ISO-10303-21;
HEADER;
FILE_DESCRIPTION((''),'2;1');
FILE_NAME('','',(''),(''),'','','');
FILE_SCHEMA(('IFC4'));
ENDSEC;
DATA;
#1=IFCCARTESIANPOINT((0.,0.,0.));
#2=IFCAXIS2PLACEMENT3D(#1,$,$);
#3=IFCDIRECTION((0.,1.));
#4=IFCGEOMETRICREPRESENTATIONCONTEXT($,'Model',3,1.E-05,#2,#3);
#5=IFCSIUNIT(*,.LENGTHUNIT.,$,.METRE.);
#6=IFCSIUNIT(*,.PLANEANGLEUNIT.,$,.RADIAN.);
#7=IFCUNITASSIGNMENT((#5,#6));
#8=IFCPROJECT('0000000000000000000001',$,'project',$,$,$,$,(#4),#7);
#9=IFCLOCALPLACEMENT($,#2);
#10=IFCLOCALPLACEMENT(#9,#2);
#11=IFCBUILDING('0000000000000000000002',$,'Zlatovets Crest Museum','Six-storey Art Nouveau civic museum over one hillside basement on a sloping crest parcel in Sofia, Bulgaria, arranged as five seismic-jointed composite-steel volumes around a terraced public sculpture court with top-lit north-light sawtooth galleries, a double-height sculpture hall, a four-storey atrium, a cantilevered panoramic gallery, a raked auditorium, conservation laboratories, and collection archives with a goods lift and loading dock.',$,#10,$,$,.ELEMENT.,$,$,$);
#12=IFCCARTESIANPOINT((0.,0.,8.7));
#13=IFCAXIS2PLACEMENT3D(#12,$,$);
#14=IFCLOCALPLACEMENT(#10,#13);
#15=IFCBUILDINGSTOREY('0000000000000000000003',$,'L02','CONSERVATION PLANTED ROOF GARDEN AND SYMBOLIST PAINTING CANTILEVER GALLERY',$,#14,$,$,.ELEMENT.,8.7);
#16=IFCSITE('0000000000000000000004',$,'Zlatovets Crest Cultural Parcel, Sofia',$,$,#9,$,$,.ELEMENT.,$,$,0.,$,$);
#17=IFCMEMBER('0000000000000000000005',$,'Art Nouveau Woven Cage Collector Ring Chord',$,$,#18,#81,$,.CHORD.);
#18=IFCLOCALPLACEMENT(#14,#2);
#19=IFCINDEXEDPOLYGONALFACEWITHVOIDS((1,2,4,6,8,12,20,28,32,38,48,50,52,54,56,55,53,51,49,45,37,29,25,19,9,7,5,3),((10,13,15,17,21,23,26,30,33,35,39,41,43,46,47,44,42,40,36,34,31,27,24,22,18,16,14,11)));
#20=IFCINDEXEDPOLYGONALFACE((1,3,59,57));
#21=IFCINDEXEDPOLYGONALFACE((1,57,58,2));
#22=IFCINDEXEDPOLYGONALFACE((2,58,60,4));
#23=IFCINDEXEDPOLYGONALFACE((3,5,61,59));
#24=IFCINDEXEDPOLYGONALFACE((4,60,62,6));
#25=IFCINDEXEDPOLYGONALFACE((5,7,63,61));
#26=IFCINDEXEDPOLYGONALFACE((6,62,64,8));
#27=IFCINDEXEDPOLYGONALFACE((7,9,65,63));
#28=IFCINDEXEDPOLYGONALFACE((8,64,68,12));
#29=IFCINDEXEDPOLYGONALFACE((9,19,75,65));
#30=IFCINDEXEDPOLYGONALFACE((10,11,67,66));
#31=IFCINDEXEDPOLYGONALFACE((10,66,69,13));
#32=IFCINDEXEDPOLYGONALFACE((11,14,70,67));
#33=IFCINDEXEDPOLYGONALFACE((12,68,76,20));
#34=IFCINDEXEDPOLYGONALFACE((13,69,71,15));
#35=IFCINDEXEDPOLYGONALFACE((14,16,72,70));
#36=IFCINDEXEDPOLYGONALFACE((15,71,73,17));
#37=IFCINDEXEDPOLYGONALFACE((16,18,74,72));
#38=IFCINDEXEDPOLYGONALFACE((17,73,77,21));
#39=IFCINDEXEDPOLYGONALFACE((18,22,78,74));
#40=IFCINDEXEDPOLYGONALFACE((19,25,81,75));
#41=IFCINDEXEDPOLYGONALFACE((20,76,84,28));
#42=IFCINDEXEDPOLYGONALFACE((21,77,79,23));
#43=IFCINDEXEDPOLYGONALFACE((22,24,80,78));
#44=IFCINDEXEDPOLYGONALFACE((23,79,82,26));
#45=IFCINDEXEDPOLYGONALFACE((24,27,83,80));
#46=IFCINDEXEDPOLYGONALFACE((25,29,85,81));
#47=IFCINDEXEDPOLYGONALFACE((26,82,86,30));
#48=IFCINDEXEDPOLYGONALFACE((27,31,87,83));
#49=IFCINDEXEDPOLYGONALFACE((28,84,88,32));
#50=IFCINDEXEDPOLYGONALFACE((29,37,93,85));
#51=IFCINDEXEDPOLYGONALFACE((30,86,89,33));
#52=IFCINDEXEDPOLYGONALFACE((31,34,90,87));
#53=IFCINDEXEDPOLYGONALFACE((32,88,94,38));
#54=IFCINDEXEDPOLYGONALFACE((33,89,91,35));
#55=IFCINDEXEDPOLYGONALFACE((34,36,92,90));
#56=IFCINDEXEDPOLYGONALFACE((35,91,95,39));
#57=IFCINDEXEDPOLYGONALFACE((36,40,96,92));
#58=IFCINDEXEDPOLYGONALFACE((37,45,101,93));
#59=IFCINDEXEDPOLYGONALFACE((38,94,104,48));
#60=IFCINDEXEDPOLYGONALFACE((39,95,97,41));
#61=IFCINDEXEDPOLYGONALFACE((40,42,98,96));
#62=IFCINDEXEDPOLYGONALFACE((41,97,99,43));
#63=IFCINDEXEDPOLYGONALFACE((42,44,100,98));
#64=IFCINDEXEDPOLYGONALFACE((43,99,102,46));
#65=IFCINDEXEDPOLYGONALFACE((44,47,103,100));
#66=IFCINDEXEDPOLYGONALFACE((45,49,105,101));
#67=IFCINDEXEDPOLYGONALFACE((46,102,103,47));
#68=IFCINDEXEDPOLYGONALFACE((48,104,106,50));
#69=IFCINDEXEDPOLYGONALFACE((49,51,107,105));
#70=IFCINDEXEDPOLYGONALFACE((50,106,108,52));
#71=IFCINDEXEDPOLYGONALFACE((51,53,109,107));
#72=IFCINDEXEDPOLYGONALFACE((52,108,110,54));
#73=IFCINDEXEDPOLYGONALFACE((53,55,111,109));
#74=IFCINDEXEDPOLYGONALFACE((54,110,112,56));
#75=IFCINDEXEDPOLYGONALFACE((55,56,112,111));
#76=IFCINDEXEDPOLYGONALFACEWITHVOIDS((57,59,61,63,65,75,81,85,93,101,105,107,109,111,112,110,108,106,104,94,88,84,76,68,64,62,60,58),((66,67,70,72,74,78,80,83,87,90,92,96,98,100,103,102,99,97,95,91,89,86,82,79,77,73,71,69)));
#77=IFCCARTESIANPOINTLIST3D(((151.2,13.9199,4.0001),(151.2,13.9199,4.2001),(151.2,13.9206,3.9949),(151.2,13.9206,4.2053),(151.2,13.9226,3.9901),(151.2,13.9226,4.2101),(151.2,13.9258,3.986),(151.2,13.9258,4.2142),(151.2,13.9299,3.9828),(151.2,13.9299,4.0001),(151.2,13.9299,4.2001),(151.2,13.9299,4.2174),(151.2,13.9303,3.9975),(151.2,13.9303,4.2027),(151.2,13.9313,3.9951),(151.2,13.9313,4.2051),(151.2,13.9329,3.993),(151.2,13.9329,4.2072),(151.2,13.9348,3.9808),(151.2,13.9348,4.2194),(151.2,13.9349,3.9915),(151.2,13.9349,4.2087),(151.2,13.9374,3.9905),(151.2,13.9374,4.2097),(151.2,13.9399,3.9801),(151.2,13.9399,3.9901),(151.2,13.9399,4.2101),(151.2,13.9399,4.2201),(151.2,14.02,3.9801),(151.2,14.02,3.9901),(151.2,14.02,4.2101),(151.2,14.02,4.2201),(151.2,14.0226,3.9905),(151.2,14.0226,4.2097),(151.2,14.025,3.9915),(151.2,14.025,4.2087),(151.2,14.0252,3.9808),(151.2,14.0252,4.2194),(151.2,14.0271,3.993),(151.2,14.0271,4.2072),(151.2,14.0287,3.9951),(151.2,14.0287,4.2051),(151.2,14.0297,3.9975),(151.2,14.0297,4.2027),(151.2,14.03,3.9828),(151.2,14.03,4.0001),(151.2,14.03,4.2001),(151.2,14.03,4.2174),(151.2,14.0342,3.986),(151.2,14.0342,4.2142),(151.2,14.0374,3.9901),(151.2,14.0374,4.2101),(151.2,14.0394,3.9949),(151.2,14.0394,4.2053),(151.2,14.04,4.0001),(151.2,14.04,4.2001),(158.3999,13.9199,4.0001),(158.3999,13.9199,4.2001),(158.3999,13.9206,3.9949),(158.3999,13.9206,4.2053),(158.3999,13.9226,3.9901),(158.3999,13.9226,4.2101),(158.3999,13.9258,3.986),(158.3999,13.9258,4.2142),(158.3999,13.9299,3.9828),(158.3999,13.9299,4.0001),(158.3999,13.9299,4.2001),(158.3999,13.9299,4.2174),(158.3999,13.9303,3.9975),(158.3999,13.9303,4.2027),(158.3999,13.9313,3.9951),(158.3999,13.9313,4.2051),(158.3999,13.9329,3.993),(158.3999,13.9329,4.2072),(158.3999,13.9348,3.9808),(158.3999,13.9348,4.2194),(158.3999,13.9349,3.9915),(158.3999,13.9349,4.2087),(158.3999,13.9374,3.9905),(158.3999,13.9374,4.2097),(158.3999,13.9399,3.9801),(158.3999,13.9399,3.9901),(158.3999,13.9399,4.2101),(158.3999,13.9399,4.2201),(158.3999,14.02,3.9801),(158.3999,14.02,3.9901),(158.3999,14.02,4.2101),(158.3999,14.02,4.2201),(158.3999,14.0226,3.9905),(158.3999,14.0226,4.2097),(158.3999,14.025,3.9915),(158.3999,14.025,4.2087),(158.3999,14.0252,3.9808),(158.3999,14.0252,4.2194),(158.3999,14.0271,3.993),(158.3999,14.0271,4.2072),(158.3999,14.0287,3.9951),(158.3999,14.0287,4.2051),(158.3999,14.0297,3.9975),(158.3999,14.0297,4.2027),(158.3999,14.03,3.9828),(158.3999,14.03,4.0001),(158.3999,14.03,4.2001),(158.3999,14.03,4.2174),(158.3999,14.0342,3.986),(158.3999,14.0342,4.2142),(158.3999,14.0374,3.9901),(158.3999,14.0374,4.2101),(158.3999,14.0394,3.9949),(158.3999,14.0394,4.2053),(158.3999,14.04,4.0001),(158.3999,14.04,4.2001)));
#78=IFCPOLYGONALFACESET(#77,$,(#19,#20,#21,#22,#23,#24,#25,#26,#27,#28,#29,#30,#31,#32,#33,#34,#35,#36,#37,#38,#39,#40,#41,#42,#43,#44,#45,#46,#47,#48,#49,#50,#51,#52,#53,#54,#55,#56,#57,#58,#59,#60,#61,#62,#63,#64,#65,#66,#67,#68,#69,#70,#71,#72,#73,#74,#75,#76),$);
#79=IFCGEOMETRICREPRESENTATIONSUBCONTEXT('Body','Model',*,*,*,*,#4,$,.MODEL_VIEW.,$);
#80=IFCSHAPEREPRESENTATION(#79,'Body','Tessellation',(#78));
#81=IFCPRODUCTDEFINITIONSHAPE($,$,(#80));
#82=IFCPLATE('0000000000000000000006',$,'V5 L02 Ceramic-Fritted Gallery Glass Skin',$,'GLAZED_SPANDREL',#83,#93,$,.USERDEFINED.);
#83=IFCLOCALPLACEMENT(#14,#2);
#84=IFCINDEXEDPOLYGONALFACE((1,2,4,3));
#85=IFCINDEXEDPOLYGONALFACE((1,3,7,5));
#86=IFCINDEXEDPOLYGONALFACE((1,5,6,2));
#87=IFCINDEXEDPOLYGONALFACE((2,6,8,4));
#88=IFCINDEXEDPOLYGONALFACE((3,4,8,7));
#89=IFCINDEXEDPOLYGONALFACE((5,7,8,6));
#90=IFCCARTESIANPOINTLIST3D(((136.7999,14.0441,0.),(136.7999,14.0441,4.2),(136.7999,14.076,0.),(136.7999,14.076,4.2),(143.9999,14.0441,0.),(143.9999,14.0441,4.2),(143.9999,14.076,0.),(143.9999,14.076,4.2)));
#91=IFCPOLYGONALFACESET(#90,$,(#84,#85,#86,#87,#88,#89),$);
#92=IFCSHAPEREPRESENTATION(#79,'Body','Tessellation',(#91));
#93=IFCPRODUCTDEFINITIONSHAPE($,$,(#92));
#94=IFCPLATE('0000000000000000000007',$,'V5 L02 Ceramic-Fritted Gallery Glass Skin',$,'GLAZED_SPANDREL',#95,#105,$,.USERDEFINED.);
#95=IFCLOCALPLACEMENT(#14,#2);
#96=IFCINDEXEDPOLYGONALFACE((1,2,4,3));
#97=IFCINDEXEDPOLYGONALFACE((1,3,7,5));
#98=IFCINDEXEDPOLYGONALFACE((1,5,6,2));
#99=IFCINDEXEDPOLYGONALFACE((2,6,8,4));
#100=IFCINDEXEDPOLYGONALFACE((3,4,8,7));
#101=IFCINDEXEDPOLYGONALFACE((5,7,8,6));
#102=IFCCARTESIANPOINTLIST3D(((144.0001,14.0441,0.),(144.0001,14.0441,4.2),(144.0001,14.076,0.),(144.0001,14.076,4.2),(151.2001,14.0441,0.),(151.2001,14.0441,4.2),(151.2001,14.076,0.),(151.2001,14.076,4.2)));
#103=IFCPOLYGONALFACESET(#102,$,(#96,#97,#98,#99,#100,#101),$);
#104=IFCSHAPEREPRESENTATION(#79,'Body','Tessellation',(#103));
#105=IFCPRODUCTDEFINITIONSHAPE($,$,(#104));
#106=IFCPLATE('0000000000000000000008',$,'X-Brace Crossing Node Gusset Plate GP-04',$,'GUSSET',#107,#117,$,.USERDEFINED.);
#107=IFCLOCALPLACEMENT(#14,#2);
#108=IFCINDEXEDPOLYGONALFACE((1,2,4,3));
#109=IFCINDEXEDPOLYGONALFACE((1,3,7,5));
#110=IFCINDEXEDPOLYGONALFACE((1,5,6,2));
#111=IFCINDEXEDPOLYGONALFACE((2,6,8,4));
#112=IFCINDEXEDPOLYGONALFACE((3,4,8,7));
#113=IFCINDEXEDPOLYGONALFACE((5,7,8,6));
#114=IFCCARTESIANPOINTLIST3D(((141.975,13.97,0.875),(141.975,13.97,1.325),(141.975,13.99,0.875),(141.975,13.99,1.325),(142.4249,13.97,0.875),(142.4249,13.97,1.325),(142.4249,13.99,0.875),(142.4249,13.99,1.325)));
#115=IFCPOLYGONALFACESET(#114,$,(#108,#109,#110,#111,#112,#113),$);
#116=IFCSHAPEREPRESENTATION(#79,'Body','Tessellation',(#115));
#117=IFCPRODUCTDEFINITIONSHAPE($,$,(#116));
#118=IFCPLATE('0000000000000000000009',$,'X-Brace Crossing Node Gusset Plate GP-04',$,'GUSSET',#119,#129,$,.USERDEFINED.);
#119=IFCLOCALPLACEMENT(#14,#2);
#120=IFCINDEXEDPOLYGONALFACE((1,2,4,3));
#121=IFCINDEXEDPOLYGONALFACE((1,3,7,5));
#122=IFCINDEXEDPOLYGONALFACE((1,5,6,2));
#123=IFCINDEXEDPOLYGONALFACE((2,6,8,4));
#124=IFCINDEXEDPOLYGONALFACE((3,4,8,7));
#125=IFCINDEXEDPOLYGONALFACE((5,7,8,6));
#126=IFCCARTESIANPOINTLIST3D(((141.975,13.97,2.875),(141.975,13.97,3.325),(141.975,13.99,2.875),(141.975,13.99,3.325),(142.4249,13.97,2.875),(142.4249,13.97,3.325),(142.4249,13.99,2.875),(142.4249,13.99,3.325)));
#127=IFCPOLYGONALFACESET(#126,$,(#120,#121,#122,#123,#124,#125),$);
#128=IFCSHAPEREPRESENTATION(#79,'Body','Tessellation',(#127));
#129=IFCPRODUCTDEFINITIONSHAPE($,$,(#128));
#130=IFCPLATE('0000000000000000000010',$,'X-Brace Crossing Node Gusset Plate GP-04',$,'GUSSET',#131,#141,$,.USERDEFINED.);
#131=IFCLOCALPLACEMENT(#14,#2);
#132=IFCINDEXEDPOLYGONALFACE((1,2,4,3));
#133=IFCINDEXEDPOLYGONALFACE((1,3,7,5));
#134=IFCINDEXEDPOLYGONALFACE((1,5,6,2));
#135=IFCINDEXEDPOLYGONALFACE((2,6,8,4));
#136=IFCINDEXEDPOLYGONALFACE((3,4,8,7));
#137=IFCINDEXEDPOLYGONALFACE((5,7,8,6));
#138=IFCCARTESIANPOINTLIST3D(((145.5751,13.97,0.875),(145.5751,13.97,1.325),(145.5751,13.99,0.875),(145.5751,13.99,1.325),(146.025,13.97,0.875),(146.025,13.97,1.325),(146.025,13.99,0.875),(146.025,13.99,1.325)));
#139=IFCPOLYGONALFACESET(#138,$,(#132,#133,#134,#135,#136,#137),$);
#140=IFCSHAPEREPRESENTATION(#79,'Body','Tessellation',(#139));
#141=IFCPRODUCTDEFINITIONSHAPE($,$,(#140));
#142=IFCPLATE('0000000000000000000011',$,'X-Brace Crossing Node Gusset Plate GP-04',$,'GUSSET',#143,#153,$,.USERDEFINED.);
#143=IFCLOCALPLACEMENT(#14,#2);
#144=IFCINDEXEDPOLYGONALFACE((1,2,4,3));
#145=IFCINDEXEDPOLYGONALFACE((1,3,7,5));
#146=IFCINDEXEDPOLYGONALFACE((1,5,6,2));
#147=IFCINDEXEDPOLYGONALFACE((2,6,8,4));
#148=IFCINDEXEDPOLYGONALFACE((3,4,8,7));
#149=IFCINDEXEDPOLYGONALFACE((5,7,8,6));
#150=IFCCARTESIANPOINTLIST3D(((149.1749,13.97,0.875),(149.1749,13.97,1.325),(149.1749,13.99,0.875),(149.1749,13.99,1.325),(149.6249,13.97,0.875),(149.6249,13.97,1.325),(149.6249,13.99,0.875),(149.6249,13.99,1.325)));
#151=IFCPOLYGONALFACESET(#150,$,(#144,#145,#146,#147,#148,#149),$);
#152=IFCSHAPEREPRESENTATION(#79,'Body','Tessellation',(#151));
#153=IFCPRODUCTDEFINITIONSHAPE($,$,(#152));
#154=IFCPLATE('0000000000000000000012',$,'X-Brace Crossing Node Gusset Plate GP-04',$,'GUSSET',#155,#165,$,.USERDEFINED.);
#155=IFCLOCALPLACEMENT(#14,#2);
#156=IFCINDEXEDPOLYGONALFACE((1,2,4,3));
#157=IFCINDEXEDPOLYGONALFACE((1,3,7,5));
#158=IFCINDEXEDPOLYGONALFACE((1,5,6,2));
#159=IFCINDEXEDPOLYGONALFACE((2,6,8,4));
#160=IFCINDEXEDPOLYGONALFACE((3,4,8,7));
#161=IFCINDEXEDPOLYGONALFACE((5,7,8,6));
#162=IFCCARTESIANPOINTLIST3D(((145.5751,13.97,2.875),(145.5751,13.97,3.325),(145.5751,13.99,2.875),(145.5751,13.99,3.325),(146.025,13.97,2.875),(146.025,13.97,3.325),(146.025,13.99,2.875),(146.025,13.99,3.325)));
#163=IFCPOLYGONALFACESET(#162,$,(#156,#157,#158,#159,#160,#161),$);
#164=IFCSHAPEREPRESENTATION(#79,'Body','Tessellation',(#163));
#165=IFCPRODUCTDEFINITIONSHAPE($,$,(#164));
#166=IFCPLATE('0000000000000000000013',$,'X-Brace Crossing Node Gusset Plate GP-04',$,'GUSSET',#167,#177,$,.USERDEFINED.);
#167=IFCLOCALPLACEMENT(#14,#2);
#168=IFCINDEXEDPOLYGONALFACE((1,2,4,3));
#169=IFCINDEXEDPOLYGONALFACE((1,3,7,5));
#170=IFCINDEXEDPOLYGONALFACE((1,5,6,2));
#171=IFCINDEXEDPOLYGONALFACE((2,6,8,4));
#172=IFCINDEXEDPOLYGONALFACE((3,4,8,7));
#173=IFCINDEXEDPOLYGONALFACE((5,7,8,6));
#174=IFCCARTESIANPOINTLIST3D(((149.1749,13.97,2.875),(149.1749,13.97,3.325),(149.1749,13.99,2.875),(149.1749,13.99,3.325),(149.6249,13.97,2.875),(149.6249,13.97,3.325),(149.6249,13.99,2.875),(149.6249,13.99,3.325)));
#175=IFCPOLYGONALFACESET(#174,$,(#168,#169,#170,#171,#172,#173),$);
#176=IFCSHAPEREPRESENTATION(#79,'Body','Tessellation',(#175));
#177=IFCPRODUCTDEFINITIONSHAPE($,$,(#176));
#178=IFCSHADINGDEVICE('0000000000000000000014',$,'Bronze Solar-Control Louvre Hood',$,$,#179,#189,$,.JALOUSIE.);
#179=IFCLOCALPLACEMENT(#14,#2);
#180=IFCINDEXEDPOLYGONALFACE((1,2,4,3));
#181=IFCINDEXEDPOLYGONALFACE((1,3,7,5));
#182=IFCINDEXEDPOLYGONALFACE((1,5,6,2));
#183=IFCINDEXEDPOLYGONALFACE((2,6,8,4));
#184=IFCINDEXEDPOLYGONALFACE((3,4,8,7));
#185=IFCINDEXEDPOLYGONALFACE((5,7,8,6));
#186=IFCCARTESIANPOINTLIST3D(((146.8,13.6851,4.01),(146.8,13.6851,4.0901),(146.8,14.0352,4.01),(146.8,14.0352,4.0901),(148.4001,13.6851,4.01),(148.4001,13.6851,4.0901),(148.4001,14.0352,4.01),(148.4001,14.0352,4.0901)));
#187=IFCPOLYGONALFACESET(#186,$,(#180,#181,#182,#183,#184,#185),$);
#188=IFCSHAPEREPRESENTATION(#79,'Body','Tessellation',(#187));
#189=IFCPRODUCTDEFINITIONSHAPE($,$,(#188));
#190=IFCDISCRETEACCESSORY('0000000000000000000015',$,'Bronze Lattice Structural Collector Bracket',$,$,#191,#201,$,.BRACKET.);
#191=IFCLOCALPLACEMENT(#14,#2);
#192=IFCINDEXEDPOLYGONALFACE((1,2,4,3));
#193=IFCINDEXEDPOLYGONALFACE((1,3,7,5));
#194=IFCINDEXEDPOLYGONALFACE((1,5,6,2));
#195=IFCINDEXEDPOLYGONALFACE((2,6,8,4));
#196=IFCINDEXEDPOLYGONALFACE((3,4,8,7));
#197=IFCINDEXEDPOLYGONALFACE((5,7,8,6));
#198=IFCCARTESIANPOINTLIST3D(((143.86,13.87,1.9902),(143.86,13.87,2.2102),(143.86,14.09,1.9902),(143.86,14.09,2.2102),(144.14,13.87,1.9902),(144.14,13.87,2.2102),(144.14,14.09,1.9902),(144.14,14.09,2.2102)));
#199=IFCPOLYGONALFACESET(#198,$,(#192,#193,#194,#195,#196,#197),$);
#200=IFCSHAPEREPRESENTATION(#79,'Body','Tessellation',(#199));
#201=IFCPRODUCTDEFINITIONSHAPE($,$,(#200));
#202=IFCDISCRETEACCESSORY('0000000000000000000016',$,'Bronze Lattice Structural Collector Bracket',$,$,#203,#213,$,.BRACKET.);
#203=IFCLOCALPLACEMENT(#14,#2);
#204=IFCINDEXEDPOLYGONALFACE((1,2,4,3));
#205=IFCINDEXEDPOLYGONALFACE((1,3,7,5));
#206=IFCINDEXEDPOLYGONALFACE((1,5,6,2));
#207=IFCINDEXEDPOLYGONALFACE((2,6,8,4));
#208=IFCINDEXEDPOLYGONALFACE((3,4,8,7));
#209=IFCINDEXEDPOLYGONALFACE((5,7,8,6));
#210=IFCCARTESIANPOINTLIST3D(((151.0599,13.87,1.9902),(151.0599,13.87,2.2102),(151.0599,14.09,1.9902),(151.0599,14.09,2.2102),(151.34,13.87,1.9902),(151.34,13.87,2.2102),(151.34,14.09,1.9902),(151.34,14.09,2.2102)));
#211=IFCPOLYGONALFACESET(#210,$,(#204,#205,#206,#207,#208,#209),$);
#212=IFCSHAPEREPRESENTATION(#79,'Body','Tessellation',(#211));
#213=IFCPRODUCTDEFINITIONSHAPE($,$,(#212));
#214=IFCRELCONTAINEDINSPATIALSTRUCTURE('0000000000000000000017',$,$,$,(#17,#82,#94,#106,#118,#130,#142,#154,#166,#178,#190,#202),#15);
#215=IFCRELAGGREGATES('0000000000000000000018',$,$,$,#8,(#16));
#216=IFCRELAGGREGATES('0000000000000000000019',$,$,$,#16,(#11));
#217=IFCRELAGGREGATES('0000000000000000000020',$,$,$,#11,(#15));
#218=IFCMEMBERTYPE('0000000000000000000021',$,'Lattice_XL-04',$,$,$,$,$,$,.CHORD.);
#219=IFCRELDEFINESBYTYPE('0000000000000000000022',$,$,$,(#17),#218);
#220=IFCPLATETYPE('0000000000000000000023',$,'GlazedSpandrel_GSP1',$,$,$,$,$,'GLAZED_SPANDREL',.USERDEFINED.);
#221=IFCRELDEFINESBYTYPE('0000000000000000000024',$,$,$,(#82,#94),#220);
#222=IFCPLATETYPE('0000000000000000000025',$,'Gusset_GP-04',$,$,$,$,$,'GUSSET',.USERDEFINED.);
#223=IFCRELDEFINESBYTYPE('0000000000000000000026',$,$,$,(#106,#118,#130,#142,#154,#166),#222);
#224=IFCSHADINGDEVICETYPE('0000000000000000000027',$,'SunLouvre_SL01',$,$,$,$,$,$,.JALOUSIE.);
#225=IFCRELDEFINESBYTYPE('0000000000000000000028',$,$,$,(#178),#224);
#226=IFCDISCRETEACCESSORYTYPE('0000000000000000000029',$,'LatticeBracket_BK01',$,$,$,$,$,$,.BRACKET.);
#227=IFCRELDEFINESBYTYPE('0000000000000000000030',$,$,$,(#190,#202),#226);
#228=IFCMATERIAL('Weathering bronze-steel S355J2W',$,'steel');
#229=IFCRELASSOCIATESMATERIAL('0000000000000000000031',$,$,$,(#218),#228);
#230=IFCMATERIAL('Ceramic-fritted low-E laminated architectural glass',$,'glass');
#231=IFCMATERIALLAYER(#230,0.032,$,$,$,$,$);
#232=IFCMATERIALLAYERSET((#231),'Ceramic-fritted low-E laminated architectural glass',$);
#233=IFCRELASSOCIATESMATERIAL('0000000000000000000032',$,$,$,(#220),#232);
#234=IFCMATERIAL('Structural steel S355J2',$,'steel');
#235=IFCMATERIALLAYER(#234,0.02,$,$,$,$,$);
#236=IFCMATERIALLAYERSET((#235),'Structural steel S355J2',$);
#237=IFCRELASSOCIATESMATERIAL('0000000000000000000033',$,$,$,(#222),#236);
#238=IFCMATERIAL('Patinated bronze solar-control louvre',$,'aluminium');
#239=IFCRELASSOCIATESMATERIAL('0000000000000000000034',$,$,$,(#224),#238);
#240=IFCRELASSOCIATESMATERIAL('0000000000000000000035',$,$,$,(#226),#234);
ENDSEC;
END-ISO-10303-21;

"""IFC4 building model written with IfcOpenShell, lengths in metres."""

from ifc_helpers import new_model, si_unit, direction, frame, origin, origin_2d, place, context, subcontext, project, spatial, rectangle, hollow_rectangle, extrude, material, layer, layer_set, material_profile, profile_set, type_object, element, save


model = new_model("IFC4")

# Units and contexts
model_context = context("Model", 3, precision=1e-05, world=origin(), true_north=direction((0.0, 1.0)))
body_context = subcontext(model_context, "Body", "Model", "MODEL_VIEW")
ifc_project = project(units=[si_unit("LENGTHUNIT", "METRE"), si_unit("PLANEANGLEUNIT", "RADIAN")], contexts=[model_context])

# Site, building, storey
site_placement = place(None, origin())
site = spatial("IfcSite", under=ifc_project, at=site_placement, Name="Zlatovets Crest Cultural Parcel, Sofia", CompositionType="ELEMENT", RefElevation=0.0)
building_placement = place(site_placement, origin())
building = spatial("IfcBuilding", under=site, at=building_placement, Name="Zlatovets Crest Museum", Description="Six-storey Art Nouveau civic museum over one hillside basement on a sloping crest parcel in Sofia, Bulgaria, arranged as five seismic-jointed composite-steel volumes around a terraced public sculpture court with top-lit north-light sawtooth galleries, a double-height sculpture hall, a four-storey atrium, a cantilevered panoramic gallery, a raked auditorium, conservation laboratories, and collection archives with a goods lift and loading dock.", CompositionType="ELEMENT")
storey_placement = place(building_placement, frame((0.0, 0.0, 8.7)))
storey = spatial("IfcBuildingStorey", under=building, at=storey_placement, Name="L02", Description="CONSERVATION PLANTED ROOF GARDEN AND SYMBOLIST PAINTING CANTILEVER GALLERY", CompositionType="ELEMENT", Elevation=8.7)

# Member
ifc_material_1 = material(Name="Weathering bronze-steel S355J2W", Category="steel")
ifc_material_profile_1 = material_profile(ifc_material_1, hollow_rectangle(XDim=0.1201, YDim=0.24, WallThickness=0.01, InnerFilletRadius=0.01, OuterFilletRadius=0.02, at=origin_2d()), Name="RHS 120x240x10.0")
ifc_profile_set_1 = profile_set([ifc_material_profile_1], Name="Weathering bronze-steel S355J2W")
member_type_1 = type_object("IfcMemberType", Name="Lattice_XL-04", PredefinedType="CHORD", material=ifc_profile_set_1)
for number, where, z_axis, x_axis, name in (
    (1, (151.2, 13.98, 4.1001), (1.0, 0.0, 0.0), (0.0, 1.0, 0.0), "Art Nouveau Woven Cage Collector Ring Chord"),
):
    element("IfcMember", number, at=place(storey_placement, frame(where, z_axis=z_axis, x_axis=x_axis)), inside=storey, type_object=member_type_1, Name=name, PredefinedType="CHORD", context=body_context, shape_type="SweptSolid", body=[
        extrude(hollow_rectangle(XDim=0.1201, YDim=0.24, WallThickness=0.01, InnerFilletRadius=0.01, OuterFilletRadius=0.02, at=origin_2d()), origin(), (0.0, 0.0, 1.0), 7.2),
    ])

# Plates
ifc_material_2 = material(Name="Ceramic-fritted low-E laminated architectural glass", Category="glass")
ifc_layer_1 = layer(ifc_material_2, 0.032)
ifc_layer_set_1 = layer_set([ifc_layer_1], Name="Ceramic-fritted low-E laminated architectural glass")
plate_type_1 = type_object("IfcPlateType", Name="GlazedSpandrel_GSP1", ElementType="GLAZED_SPANDREL", PredefinedType="USERDEFINED", material=ifc_layer_set_1)
for number, where, z_axis, x_axis, name in (
    (2, (140.3999, 14.0601, 0.0), (0.0, 0.0, 1.0), (1.0, 0.0, 0.0), "V5 L02 Ceramic-Fritted Gallery Glass Skin"),
    (3, (147.6001, 14.0601, 0.0), (0.0, 0.0, 1.0), (1.0, 0.0, 0.0), "V5 L02 Ceramic-Fritted Gallery Glass Skin"),
):
    element("IfcPlate", number, at=place(storey_placement, frame(where, z_axis=z_axis, x_axis=x_axis)), inside=storey, type_object=plate_type_1, Name=name, ObjectType="GLAZED_SPANDREL", PredefinedType="USERDEFINED", context=body_context, shape_type="SweptSolid", body=[
        extrude(rectangle(XDim=7.2, YDim=0.032, at=origin_2d()), origin(), (0.0, 0.0, 1.0), 4.2),
    ])
ifc_material_3 = material(Name="Structural steel S355J2", Category="steel")
ifc_layer_2 = layer(ifc_material_3, 0.02)
ifc_layer_set_2 = layer_set([ifc_layer_2], Name="Structural steel S355J2")
plate_type_2 = type_object("IfcPlateType", Name="Gusset_GP-04", ElementType="GUSSET", PredefinedType="USERDEFINED", material=ifc_layer_set_2)
for number, where, z_axis, x_axis, name in (
    (4, (142.2, 13.98, 0.875), (0.0, 0.0, 1.0), (1.0, 0.0, 0.0), "X-Brace Crossing Node Gusset Plate GP-04"),
    (5, (142.2, 13.98, 2.875), (0.0, 0.0, 1.0), (1.0, 0.0, 0.0), "X-Brace Crossing Node Gusset Plate GP-04"),
    (6, (145.8, 13.98, 0.875), (0.0, 0.0, 1.0), (1.0, 0.0, 0.0), "X-Brace Crossing Node Gusset Plate GP-04"),
    (7, (149.3999, 13.98, 0.875), (0.0, 0.0, 1.0), (1.0, 0.0, 0.0), "X-Brace Crossing Node Gusset Plate GP-04"),
    (8, (145.8, 13.98, 2.875), (0.0, 0.0, 1.0), (1.0, 0.0, 0.0), "X-Brace Crossing Node Gusset Plate GP-04"),
    (9, (149.3999, 13.98, 2.875), (0.0, 0.0, 1.0), (1.0, 0.0, 0.0), "X-Brace Crossing Node Gusset Plate GP-04"),
):
    element("IfcPlate", number, at=place(storey_placement, frame(where, z_axis=z_axis, x_axis=x_axis)), inside=storey, type_object=plate_type_2, Name=name, ObjectType="GUSSET", PredefinedType="USERDEFINED", context=body_context, shape_type="SweptSolid", body=[
        extrude(rectangle(XDim=0.45, YDim=0.02, at=origin_2d()), origin(), (0.0, 0.0, 1.0), 0.45),
    ])

# Shading device
ifc_material_4 = material(Name="Patinated bronze solar-control louvre", Category="aluminium")
shading_device_type = type_object("IfcShadingDeviceType", Name="SunLouvre_SL01", PredefinedType="JALOUSIE", material=ifc_material_4)
shading_device_placement = place(storey_placement, frame((147.6001, 13.8601, 4.01), z_axis=(0.0, 0.0, 1.0), x_axis=(1.0, 0.0, 0.0)))
element("IfcShadingDevice", 10, at=shading_device_placement, inside=storey, type_object=shading_device_type, Name="Bronze Solar-Control Louvre Hood", PredefinedType="JALOUSIE", context=body_context, shape_type="SweptSolid", body=[
    extrude(rectangle(XDim=1.6001, YDim=0.3501, at=origin_2d()), origin(), (0.0, 0.0, 1.0), 0.0801),
])

# Discrete accessories
discrete_accessory_type = type_object("IfcDiscreteAccessoryType", Name="LatticeBracket_BK01", PredefinedType="BRACKET", material=ifc_material_3)
for number, where, z_axis, x_axis, name in (
    (11, (144.0, 13.98, 1.9902), (0.0, 0.0, 1.0), (1.0, 0.0, 0.0), "Bronze Lattice Structural Collector Bracket"),
    (12, (151.2, 13.98, 1.9902), (0.0, 0.0, 1.0), (1.0, 0.0, 0.0), "Bronze Lattice Structural Collector Bracket"),
):
    element("IfcDiscreteAccessory", number, at=place(storey_placement, frame(where, z_axis=z_axis, x_axis=x_axis)), inside=storey, type_object=discrete_accessory_type, Name=name, PredefinedType="BRACKET", context=body_context, shape_type="SweptSolid", body=[
        extrude(rectangle(XDim=0.28, YDim=0.22, at=origin_2d()), origin(), (0.0, 0.0, 1.0), 0.22),
    ])

save(model, "model.ifc")
